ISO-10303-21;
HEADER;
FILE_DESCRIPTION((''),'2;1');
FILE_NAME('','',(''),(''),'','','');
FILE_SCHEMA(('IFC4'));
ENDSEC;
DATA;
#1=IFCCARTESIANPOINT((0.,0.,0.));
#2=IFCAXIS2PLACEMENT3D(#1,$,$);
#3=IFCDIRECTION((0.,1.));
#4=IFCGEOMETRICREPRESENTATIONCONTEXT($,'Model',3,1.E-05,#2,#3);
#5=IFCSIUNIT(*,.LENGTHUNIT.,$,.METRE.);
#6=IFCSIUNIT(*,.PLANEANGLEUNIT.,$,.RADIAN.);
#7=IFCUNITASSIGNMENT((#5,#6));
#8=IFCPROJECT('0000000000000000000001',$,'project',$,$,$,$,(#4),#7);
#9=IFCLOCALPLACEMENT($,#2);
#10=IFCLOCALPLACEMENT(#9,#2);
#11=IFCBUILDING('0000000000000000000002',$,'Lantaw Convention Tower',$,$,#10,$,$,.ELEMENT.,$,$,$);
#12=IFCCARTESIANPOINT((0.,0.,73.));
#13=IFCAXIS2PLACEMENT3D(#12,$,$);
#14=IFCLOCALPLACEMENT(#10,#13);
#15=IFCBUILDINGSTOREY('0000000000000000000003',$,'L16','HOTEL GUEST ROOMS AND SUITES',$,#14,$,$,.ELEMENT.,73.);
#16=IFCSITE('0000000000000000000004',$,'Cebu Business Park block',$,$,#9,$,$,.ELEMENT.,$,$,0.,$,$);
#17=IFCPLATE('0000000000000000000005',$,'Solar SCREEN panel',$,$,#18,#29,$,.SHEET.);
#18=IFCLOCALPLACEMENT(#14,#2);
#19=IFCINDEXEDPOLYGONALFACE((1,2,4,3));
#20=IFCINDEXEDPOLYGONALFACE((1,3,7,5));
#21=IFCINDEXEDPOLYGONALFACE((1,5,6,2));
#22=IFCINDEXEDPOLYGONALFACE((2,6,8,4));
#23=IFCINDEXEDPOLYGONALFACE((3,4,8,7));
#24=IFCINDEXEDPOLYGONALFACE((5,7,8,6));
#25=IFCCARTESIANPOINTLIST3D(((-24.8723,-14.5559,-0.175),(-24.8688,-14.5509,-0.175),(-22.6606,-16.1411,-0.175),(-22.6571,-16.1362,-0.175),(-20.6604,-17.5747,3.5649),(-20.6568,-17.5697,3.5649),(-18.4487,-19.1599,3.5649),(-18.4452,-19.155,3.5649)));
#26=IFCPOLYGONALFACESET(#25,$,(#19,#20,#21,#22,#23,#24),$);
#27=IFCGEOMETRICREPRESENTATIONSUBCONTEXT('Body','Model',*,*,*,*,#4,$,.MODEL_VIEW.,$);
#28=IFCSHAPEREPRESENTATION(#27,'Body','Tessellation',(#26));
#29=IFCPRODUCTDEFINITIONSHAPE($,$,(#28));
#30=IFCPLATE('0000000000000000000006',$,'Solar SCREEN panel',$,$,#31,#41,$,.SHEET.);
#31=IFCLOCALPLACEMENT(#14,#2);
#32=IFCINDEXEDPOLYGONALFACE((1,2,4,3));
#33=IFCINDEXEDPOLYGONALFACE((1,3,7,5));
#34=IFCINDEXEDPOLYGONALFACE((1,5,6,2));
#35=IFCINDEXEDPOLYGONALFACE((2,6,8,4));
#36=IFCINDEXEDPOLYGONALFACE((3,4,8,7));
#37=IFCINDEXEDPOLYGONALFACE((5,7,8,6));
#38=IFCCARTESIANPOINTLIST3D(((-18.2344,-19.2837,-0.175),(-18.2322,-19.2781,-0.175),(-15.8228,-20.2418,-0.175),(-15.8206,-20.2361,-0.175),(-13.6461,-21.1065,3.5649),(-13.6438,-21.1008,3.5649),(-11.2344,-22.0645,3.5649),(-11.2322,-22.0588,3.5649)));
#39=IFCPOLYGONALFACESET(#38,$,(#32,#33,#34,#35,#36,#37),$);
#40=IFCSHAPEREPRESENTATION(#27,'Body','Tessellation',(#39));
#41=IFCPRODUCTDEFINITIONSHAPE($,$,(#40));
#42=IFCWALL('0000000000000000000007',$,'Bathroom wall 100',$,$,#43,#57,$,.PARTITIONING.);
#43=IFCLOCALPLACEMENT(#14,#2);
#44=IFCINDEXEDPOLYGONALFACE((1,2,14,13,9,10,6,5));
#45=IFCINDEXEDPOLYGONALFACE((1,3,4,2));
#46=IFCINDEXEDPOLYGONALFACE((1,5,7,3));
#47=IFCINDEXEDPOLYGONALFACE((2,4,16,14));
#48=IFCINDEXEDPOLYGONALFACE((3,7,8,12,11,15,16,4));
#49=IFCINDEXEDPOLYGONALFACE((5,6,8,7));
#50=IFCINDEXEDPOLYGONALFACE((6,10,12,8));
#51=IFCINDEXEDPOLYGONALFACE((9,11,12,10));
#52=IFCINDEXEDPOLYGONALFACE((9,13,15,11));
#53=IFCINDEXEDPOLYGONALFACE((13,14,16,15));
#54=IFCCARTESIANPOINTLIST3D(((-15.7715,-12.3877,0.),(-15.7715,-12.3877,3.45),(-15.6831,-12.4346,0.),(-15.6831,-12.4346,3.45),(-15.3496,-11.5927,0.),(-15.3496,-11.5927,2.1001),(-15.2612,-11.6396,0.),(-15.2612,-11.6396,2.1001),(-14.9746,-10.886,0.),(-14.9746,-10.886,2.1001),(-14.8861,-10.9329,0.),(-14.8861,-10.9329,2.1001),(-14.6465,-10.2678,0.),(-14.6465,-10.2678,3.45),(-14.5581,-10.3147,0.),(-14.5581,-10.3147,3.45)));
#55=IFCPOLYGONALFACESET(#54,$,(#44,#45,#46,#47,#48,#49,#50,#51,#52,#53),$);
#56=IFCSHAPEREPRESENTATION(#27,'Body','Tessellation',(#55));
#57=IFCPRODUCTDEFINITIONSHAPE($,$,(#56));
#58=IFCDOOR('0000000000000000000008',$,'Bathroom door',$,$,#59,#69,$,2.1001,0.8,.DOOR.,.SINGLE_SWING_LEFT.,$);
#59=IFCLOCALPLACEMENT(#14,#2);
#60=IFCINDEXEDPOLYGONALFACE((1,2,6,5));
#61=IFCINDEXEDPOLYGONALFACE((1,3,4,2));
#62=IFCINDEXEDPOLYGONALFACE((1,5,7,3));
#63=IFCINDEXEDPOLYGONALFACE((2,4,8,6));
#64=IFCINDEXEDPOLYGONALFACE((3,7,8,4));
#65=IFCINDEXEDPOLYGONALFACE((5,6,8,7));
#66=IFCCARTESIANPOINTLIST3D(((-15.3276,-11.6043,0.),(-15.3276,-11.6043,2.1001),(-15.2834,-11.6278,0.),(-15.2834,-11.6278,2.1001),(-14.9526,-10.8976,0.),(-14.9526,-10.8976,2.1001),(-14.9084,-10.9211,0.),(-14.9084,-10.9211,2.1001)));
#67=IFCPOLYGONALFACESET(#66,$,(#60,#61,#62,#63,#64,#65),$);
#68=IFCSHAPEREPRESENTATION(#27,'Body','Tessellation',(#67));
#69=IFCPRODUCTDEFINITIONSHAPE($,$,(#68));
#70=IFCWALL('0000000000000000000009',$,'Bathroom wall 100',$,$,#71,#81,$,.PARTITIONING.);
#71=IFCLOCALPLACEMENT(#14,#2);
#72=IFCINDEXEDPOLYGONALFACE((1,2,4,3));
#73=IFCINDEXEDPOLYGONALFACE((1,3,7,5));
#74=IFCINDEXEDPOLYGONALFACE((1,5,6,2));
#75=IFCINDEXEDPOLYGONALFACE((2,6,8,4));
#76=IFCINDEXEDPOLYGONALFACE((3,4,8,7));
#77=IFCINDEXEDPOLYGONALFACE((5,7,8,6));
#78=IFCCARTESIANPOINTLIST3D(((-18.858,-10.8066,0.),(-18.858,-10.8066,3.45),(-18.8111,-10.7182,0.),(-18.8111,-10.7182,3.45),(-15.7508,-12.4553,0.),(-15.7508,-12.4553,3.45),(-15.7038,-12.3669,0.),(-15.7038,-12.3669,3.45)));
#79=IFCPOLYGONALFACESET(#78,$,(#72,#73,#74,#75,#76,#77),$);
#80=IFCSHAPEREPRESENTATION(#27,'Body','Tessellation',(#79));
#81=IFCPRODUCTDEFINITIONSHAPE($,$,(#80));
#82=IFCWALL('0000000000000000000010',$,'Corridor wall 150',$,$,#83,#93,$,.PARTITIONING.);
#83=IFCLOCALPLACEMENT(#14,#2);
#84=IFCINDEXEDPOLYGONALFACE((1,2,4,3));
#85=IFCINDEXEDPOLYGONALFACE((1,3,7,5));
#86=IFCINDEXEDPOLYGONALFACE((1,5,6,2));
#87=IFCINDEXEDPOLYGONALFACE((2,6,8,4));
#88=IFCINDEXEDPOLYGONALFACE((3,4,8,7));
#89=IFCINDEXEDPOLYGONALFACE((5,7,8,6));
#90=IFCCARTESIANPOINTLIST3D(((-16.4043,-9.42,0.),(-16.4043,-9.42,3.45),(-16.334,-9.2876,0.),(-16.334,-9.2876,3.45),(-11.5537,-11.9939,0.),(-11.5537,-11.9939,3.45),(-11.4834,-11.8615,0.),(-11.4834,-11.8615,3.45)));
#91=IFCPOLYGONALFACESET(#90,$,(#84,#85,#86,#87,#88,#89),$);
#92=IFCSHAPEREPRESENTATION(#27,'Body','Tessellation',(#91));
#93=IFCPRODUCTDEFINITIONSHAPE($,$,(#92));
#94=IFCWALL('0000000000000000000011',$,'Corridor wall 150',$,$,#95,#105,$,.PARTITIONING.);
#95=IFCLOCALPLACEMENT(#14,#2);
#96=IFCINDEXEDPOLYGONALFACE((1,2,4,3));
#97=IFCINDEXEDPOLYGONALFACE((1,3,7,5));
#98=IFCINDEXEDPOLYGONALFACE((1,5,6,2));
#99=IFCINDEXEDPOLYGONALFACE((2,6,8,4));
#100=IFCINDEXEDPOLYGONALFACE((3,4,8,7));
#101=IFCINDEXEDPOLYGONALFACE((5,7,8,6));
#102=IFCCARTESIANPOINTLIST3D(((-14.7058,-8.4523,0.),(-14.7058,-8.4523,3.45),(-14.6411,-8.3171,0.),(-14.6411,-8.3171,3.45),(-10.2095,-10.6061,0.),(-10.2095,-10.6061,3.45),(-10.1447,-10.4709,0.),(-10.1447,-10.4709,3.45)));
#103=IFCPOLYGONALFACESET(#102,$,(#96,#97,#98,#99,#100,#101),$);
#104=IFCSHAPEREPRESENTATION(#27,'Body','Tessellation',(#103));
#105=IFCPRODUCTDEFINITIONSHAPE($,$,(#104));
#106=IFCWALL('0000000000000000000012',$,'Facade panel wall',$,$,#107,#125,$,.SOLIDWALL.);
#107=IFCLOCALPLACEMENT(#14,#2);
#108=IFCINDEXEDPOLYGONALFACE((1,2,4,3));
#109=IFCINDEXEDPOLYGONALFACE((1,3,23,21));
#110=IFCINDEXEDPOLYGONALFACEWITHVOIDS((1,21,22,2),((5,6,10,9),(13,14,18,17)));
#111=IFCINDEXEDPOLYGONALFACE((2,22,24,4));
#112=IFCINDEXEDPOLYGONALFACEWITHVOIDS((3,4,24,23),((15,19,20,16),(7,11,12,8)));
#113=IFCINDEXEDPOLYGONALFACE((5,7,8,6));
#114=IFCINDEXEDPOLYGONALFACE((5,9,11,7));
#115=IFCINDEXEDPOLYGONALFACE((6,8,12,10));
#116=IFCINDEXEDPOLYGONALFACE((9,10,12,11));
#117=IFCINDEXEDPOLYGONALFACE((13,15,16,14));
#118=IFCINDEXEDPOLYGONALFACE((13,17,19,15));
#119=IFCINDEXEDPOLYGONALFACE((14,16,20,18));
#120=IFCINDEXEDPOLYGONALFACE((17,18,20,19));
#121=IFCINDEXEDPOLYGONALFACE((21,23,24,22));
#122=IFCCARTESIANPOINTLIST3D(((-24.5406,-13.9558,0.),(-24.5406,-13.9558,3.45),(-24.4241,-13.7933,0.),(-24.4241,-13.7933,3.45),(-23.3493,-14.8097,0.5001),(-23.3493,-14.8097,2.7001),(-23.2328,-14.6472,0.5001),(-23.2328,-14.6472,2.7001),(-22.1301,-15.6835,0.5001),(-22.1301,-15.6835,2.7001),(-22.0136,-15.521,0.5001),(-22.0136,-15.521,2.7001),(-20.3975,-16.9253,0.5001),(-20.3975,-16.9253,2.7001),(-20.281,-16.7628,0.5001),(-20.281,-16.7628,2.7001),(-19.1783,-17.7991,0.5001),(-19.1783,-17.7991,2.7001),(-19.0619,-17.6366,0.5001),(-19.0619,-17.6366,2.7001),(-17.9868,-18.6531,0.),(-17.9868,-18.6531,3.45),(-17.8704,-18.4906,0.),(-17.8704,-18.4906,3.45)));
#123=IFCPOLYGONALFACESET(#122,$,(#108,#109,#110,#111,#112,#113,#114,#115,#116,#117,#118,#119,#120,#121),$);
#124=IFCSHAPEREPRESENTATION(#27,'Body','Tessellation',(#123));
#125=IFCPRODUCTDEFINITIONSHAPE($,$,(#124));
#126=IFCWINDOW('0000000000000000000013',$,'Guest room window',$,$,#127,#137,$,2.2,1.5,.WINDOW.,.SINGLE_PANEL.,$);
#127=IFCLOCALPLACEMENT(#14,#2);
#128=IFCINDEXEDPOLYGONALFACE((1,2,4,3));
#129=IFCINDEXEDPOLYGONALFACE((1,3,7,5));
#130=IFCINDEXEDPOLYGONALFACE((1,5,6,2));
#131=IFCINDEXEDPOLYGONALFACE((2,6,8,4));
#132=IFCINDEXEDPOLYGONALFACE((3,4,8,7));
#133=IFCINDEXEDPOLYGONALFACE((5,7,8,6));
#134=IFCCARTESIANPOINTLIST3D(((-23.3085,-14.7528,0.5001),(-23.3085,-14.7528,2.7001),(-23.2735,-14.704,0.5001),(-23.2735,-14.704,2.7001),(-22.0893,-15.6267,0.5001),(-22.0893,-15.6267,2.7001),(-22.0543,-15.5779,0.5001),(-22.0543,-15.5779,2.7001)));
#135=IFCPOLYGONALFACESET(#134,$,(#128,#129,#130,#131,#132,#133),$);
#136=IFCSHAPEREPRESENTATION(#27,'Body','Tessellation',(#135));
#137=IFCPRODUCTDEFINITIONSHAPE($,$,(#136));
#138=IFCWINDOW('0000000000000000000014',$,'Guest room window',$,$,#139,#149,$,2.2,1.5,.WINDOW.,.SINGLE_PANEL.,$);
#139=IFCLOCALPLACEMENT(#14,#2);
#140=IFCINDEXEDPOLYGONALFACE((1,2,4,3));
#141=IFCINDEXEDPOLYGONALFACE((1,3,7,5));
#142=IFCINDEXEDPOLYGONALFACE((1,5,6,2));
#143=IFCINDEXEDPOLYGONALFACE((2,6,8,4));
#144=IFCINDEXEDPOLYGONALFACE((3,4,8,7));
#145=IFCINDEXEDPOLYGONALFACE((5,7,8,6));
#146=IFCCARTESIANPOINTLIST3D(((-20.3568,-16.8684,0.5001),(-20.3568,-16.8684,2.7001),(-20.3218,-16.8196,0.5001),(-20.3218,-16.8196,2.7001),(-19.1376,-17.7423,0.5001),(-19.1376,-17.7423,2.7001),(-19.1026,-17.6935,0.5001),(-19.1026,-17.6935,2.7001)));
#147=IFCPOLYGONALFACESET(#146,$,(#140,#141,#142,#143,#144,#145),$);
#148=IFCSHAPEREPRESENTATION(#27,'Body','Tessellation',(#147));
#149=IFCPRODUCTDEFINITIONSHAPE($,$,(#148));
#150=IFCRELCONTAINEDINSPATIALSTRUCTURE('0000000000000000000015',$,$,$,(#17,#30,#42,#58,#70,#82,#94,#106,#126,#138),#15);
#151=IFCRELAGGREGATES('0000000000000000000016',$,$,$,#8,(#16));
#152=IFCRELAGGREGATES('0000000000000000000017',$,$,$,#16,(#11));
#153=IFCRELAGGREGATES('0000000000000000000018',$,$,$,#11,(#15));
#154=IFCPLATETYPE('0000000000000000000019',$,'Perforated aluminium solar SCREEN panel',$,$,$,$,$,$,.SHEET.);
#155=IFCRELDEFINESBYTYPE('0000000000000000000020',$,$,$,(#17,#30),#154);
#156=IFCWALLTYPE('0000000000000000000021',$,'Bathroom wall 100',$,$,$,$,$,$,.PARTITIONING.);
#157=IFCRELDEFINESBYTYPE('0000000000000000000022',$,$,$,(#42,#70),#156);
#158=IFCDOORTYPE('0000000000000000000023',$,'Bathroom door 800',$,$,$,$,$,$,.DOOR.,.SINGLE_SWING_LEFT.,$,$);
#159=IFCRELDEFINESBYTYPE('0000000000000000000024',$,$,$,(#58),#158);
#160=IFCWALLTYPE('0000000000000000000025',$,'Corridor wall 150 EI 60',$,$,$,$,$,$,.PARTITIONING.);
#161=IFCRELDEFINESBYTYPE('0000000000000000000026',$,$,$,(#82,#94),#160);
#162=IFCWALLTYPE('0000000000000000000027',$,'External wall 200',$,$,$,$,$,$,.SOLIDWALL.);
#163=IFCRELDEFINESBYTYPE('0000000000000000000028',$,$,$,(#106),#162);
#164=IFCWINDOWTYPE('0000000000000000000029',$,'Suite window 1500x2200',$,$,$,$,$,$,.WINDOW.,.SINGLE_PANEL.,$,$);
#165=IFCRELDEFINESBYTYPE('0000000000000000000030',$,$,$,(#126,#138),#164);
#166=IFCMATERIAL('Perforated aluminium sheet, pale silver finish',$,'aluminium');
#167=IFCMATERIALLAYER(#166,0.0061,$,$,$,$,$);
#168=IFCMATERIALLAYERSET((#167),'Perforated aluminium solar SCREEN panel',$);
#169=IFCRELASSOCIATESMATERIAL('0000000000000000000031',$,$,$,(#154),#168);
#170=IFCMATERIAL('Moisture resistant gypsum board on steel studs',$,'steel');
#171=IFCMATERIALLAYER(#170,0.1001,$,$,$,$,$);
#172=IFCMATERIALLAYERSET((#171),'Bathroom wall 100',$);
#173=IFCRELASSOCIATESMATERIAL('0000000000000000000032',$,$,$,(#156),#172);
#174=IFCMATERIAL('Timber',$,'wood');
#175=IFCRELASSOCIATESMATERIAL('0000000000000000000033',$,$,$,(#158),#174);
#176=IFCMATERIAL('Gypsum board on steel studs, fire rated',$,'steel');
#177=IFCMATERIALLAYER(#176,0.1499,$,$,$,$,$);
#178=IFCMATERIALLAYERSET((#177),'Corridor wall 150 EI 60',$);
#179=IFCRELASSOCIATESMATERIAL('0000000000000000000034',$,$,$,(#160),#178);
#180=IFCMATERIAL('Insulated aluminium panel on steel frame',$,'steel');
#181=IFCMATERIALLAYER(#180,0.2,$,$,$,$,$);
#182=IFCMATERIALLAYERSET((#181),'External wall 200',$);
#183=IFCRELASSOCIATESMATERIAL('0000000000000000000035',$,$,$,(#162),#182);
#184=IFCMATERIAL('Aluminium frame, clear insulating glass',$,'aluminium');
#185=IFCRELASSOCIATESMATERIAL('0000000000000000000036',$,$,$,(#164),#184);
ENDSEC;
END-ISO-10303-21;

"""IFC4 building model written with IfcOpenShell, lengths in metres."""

from ifc_helpers import new_model, si_unit, direction, frame, frame_2d, origin, place, context, subcontext, project, spatial, polyline, rectangle, outline, extrude, material, layer, layer_set, type_object, element, fill, save


model = new_model("IFC4")

# Units and contexts
model_context = context("Model", 3, precision=1e-05, world=origin(), true_north=direction((0.0, 1.0)))
body_context = subcontext(model_context, "Body", "Model", "MODEL_VIEW")
ifc_project = project(units=[si_unit("LENGTHUNIT", "METRE"), si_unit("PLANEANGLEUNIT", "RADIAN")], contexts=[model_context])

# Site, building, storey
site_placement = place(None, origin())
site = spatial("IfcSite", under=ifc_project, at=site_placement, Name="Cebu Business Park block", CompositionType="ELEMENT", RefElevation=0.0)
building_placement = place(site_placement, origin())
building = spatial("IfcBuilding", under=site, at=building_placement, Name="Lantaw Convention Tower", CompositionType="ELEMENT")
storey_placement = place(building_placement, frame((0.0, 0.0, 73.0)))
storey = spatial("IfcBuildingStorey", under=building, at=storey_placement, Name="L16", Description="HOTEL GUEST ROOMS AND SUITES", CompositionType="ELEMENT", Elevation=73.0)

# Plates
ifc_material_1 = material(Name="Perforated aluminium sheet, pale silver finish", Category="aluminium")
ifc_layer_1 = layer(ifc_material_1, 0.0061)
ifc_layer_set_1 = layer_set([ifc_layer_1], Name="Perforated aluminium solar SCREEN panel")
plate_type = type_object("IfcPlateType", Name="Perforated aluminium solar SCREEN panel", PredefinedType="SHEET", material=ifc_layer_set_1)
plate_1_placement = place(storey_placement, frame((-24.8723, -14.5559, -0.175), z_axis=(-0.582561, -0.812787, 0.000016), x_axis=(0.812787, -0.582561, 0.0)))
element("IfcPlate", 1, at=plate_1_placement, inside=storey, type_object=plate_type, Name="Solar SCREEN panel", PredefinedType="SHEET", context=body_context, shape_type="SweptSolid", body=[
    extrude(outline(polyline([(0.0, 0.0), (2.7211, 0.0), (7.9031, 3.74), (5.182, 3.74), (0.0, 0.0)])), origin(), (0.0, 0.0, -1.0), 0.0061),
])
plate_2_placement = place(storey_placement, frame((-18.2322, -19.2781, -0.175), z_axis=(0.369184, 0.929357, 0.000009), x_axis=(0.929357, -0.369184, 0.0)))
element("IfcPlate", 2, at=plate_2_placement, inside=storey, type_object=plate_type, Name="Solar SCREEN panel", PredefinedType="SHEET", context=body_context, shape_type="SweptSolid", body=[
    extrude(outline(polyline([(0.0, 0.0), (2.5949, 0.0), (7.5321, -3.74), (4.9372, -3.74), (0.0, 0.0)])), origin(), (0.0, 0.0, -1.0), 0.0061),
])

# Wall, opening, door
ifc_material_2 = material(Name="Moisture resistant gypsum board on steel studs", Category="steel")
ifc_layer_2 = layer(ifc_material_2, 0.1001)
ifc_layer_set_2 = layer_set([ifc_layer_2], Name="Bathroom wall 100")
wall_type_1 = type_object("IfcWallType", Name="Bathroom wall 100", PredefinedType="PARTITIONING", material=ifc_layer_set_2)
wall_1_placement = place(storey_placement, frame((-14.6023, -10.2913, 0.0), z_axis=(0.0, 0.0, 1.0), x_axis=(-0.468771, -0.88332, 0.0)))
wall_1 = element("IfcWall", 3, at=wall_1_placement, inside=storey, type_object=wall_type_1, Name="Bathroom wall 100", PredefinedType="PARTITIONING", context=body_context, shape_type="SweptSolid", body=[
    extrude(rectangle(XDim=2.3999, YDim=0.1001, at=frame_2d((1.2, 0.0))), origin(), (0.0, 0.0, 1.0), 3.45),
])
opening_1_placement = place(wall_1_placement, frame((0.7, 0.0, 0.0)))
opening_1 = element("IfcOpeningElement", 4, at=opening_1_placement, cuts=wall_1, PredefinedType="OPENING", context=body_context, shape_type="SweptSolid", body=[
    extrude(rectangle(XDim=0.8, YDim=2.1001, at=frame_2d((0.3999, 1.05))), frame((0.0, 0.0601, 0.0), z_axis=(0.0, -1.0, 0.0), x_axis=(1.0, 0.0, 0.0)), (0.0, 0.0, 1.0), 0.1201),
])
ifc_material_3 = material(Name="Timber", Category="wood")
door_type = type_object("IfcDoorType", Name="Bathroom door 800", OperationType="SINGLE_SWING_LEFT", PredefinedType="DOOR", material=ifc_material_3)
door_placement = place(opening_1_placement, origin())
door = element("IfcDoor", 5, at=door_placement, inside=storey, type_object=door_type, Name="Bathroom door", OperationType="SINGLE_SWING_LEFT", OverallHeight=2.1001, OverallWidth=0.8, PredefinedType="DOOR", context=body_context, shape_type="SweptSolid", body=[
    extrude(rectangle(XDim=0.8, YDim=2.1001, at=frame_2d((0.3999, 1.05))), frame((0.0, 0.0249, 0.0), z_axis=(0.0, -1.0, 0.0), x_axis=(1.0, 0.0, 0.0)), (0.0, 0.0, 1.0), 0.05),
])
fill(opening_1, door)

# Walls
wall_2_placement = place(storey_placement, frame((-15.7273, -12.4111, 0.0), z_axis=(0.0, 0.0, 1.0), x_axis=(-0.883352, 0.46871, 0.0)))
element("IfcWall", 6, at=wall_2_placement, inside=storey, type_object=wall_type_1, Name="Bathroom wall 100", PredefinedType="PARTITIONING", context=body_context, shape_type="SweptSolid", body=[
    extrude(rectangle(XDim=3.5176, YDim=0.1001, at=frame_2d((1.7588, 0.0))), origin(), (0.0, 0.0, 1.0), 3.45),
])
ifc_material_4 = material(Name="Gypsum board on steel studs, fire rated", Category="steel")
ifc_layer_3 = layer(ifc_material_4, 0.1499)
ifc_layer_set_3 = layer_set([ifc_layer_3], Name="Corridor wall 150 EI 60")
wall_type_2 = type_object("IfcWallType", Name="Corridor wall 150 EI 60", PredefinedType="PARTITIONING", material=ifc_layer_set_3)
wall_3_placement = place(storey_placement, frame((-16.3691, -9.3538, 0.0), z_axis=(0.0, 0.0, 1.0), x_axis=(0.883334, -0.468743, 0.0)))
element("IfcWall", 7, at=wall_3_placement, inside=storey, type_object=wall_type_2, Name="Corridor wall 150", PredefinedType="PARTITIONING", context=body_context, shape_type="SweptSolid", body=[
    extrude(rectangle(XDim=5.4912, YDim=0.1499, at=frame_2d((2.7456, 0.0))), origin(), (0.0, 0.0, 1.0), 3.45),
])
wall_4_placement = place(storey_placement, frame((-14.6733, -8.3848, 0.0), z_axis=(0.0, 0.0, 1.0), x_axis=(0.90187, -0.432008, 0.0)))
element("IfcWall", 8, at=wall_4_placement, inside=storey, type_object=wall_type_2, Name="Corridor wall 150", PredefinedType="PARTITIONING", context=body_context, shape_type="SweptSolid", body=[
    extrude(rectangle(XDim=4.9856, YDim=0.1499, at=frame_2d((2.4927, 0.0))), origin(), (0.0, 0.0, 1.0), 3.45),
])

# Wall, openings, windows
ifc_material_5 = material(Name="Insulated aluminium panel on steel frame", Category="steel")
ifc_layer_4 = layer(ifc_material_5, 0.2)
ifc_layer_set_4 = layer_set([ifc_layer_4], Name="External wall 200")
wall_type_3 = type_object("IfcWallType", Name="External wall 200", PredefinedType="SOLIDWALL", material=ifc_layer_set_4)
wall_5_placement = place(storey_placement, frame((-24.4824, -13.8745, 0.0), z_axis=(0.0, 0.0, 1.0), x_axis=(0.812791, -0.582555, 0.0)))
wall_5 = element("IfcWall", 9, at=wall_5_placement, inside=storey, type_object=wall_type_3, Name="Facade panel wall", PredefinedType="SOLIDWALL", context=body_context, shape_type="SweptSolid", body=[
    extrude(rectangle(XDim=8.0632, YDim=0.2, at=frame_2d((4.0317, 0.0))), origin(), (0.0, 0.0, 1.0), 3.45),
])
opening_2_placement = place(wall_5_placement, frame((1.4658, 0.0, 0.5)))
opening_2 = element("IfcOpeningElement", 10, at=opening_2_placement, cuts=wall_5, PredefinedType="OPENING", context=body_context, shape_type="SweptSolid", body=[
    extrude(rectangle(XDim=1.5, YDim=2.2, at=frame_2d((0.75, 1.1001))), frame((0.0, 0.1099, 0.0), z_axis=(0.0, -1.0, 0.0), x_axis=(1.0, 0.0, 0.0)), (0.0, 0.0, 1.0), 0.22),
])
opening_3_placement = place(wall_5_placement, frame((5.0974, 0.0, 0.5)))
opening_3 = element("IfcOpeningElement", 11, at=opening_3_placement, cuts=wall_5, PredefinedType="OPENING", context=body_context, shape_type="SweptSolid", body=[
    extrude(rectangle(XDim=1.5, YDim=2.2, at=frame_2d((0.75, 1.1001))), frame((0.0, 0.1099, 0.0), z_axis=(0.0, -1.0, 0.0), x_axis=(1.0, 0.0, 0.0)), (0.0, 0.0, 1.0), 0.22),
])
ifc_material_6 = material(Name="Aluminium frame, clear insulating glass", Category="aluminium")
window_type = type_object("IfcWindowType", Name="Suite window 1500x2200", PartitioningType="SINGLE_PANEL", PredefinedType="WINDOW", material=ifc_material_6)
window_1_placement = place(opening_2_placement, origin())
window_1 = element("IfcWindow", 12, at=window_1_placement, inside=storey, type_object=window_type, Name="Guest room window", OverallHeight=2.2, OverallWidth=1.5, PartitioningType="SINGLE_PANEL", PredefinedType="WINDOW", context=body_context, shape_type="SweptSolid", body=[
    extrude(rectangle(XDim=1.5, YDim=2.2, at=frame_2d((0.75, 1.1001))), frame((0.0, 0.03, 0.0), z_axis=(0.0, -1.0, 0.0), x_axis=(1.0, 0.0, 0.0)), (0.0, 0.0, 1.0), 0.0601),
])
fill(opening_2, window_1)
window_2_placement = place(opening_3_placement, origin())
window_2 = element("IfcWindow", 13, at=window_2_placement, inside=storey, type_object=window_type, Name="Guest room window", OverallHeight=2.2, OverallWidth=1.5, PartitioningType="SINGLE_PANEL", PredefinedType="WINDOW", context=body_context, shape_type="SweptSolid", body=[
    extrude(rectangle(XDim=1.5, YDim=2.2, at=frame_2d((0.75, 1.1001))), frame((0.0, 0.03, 0.0), z_axis=(0.0, -1.0, 0.0), x_axis=(1.0, 0.0, 0.0)), (0.0, 0.0, 1.0), 0.0601),
])
fill(opening_3, window_2)

save(model, "model.ifc")
